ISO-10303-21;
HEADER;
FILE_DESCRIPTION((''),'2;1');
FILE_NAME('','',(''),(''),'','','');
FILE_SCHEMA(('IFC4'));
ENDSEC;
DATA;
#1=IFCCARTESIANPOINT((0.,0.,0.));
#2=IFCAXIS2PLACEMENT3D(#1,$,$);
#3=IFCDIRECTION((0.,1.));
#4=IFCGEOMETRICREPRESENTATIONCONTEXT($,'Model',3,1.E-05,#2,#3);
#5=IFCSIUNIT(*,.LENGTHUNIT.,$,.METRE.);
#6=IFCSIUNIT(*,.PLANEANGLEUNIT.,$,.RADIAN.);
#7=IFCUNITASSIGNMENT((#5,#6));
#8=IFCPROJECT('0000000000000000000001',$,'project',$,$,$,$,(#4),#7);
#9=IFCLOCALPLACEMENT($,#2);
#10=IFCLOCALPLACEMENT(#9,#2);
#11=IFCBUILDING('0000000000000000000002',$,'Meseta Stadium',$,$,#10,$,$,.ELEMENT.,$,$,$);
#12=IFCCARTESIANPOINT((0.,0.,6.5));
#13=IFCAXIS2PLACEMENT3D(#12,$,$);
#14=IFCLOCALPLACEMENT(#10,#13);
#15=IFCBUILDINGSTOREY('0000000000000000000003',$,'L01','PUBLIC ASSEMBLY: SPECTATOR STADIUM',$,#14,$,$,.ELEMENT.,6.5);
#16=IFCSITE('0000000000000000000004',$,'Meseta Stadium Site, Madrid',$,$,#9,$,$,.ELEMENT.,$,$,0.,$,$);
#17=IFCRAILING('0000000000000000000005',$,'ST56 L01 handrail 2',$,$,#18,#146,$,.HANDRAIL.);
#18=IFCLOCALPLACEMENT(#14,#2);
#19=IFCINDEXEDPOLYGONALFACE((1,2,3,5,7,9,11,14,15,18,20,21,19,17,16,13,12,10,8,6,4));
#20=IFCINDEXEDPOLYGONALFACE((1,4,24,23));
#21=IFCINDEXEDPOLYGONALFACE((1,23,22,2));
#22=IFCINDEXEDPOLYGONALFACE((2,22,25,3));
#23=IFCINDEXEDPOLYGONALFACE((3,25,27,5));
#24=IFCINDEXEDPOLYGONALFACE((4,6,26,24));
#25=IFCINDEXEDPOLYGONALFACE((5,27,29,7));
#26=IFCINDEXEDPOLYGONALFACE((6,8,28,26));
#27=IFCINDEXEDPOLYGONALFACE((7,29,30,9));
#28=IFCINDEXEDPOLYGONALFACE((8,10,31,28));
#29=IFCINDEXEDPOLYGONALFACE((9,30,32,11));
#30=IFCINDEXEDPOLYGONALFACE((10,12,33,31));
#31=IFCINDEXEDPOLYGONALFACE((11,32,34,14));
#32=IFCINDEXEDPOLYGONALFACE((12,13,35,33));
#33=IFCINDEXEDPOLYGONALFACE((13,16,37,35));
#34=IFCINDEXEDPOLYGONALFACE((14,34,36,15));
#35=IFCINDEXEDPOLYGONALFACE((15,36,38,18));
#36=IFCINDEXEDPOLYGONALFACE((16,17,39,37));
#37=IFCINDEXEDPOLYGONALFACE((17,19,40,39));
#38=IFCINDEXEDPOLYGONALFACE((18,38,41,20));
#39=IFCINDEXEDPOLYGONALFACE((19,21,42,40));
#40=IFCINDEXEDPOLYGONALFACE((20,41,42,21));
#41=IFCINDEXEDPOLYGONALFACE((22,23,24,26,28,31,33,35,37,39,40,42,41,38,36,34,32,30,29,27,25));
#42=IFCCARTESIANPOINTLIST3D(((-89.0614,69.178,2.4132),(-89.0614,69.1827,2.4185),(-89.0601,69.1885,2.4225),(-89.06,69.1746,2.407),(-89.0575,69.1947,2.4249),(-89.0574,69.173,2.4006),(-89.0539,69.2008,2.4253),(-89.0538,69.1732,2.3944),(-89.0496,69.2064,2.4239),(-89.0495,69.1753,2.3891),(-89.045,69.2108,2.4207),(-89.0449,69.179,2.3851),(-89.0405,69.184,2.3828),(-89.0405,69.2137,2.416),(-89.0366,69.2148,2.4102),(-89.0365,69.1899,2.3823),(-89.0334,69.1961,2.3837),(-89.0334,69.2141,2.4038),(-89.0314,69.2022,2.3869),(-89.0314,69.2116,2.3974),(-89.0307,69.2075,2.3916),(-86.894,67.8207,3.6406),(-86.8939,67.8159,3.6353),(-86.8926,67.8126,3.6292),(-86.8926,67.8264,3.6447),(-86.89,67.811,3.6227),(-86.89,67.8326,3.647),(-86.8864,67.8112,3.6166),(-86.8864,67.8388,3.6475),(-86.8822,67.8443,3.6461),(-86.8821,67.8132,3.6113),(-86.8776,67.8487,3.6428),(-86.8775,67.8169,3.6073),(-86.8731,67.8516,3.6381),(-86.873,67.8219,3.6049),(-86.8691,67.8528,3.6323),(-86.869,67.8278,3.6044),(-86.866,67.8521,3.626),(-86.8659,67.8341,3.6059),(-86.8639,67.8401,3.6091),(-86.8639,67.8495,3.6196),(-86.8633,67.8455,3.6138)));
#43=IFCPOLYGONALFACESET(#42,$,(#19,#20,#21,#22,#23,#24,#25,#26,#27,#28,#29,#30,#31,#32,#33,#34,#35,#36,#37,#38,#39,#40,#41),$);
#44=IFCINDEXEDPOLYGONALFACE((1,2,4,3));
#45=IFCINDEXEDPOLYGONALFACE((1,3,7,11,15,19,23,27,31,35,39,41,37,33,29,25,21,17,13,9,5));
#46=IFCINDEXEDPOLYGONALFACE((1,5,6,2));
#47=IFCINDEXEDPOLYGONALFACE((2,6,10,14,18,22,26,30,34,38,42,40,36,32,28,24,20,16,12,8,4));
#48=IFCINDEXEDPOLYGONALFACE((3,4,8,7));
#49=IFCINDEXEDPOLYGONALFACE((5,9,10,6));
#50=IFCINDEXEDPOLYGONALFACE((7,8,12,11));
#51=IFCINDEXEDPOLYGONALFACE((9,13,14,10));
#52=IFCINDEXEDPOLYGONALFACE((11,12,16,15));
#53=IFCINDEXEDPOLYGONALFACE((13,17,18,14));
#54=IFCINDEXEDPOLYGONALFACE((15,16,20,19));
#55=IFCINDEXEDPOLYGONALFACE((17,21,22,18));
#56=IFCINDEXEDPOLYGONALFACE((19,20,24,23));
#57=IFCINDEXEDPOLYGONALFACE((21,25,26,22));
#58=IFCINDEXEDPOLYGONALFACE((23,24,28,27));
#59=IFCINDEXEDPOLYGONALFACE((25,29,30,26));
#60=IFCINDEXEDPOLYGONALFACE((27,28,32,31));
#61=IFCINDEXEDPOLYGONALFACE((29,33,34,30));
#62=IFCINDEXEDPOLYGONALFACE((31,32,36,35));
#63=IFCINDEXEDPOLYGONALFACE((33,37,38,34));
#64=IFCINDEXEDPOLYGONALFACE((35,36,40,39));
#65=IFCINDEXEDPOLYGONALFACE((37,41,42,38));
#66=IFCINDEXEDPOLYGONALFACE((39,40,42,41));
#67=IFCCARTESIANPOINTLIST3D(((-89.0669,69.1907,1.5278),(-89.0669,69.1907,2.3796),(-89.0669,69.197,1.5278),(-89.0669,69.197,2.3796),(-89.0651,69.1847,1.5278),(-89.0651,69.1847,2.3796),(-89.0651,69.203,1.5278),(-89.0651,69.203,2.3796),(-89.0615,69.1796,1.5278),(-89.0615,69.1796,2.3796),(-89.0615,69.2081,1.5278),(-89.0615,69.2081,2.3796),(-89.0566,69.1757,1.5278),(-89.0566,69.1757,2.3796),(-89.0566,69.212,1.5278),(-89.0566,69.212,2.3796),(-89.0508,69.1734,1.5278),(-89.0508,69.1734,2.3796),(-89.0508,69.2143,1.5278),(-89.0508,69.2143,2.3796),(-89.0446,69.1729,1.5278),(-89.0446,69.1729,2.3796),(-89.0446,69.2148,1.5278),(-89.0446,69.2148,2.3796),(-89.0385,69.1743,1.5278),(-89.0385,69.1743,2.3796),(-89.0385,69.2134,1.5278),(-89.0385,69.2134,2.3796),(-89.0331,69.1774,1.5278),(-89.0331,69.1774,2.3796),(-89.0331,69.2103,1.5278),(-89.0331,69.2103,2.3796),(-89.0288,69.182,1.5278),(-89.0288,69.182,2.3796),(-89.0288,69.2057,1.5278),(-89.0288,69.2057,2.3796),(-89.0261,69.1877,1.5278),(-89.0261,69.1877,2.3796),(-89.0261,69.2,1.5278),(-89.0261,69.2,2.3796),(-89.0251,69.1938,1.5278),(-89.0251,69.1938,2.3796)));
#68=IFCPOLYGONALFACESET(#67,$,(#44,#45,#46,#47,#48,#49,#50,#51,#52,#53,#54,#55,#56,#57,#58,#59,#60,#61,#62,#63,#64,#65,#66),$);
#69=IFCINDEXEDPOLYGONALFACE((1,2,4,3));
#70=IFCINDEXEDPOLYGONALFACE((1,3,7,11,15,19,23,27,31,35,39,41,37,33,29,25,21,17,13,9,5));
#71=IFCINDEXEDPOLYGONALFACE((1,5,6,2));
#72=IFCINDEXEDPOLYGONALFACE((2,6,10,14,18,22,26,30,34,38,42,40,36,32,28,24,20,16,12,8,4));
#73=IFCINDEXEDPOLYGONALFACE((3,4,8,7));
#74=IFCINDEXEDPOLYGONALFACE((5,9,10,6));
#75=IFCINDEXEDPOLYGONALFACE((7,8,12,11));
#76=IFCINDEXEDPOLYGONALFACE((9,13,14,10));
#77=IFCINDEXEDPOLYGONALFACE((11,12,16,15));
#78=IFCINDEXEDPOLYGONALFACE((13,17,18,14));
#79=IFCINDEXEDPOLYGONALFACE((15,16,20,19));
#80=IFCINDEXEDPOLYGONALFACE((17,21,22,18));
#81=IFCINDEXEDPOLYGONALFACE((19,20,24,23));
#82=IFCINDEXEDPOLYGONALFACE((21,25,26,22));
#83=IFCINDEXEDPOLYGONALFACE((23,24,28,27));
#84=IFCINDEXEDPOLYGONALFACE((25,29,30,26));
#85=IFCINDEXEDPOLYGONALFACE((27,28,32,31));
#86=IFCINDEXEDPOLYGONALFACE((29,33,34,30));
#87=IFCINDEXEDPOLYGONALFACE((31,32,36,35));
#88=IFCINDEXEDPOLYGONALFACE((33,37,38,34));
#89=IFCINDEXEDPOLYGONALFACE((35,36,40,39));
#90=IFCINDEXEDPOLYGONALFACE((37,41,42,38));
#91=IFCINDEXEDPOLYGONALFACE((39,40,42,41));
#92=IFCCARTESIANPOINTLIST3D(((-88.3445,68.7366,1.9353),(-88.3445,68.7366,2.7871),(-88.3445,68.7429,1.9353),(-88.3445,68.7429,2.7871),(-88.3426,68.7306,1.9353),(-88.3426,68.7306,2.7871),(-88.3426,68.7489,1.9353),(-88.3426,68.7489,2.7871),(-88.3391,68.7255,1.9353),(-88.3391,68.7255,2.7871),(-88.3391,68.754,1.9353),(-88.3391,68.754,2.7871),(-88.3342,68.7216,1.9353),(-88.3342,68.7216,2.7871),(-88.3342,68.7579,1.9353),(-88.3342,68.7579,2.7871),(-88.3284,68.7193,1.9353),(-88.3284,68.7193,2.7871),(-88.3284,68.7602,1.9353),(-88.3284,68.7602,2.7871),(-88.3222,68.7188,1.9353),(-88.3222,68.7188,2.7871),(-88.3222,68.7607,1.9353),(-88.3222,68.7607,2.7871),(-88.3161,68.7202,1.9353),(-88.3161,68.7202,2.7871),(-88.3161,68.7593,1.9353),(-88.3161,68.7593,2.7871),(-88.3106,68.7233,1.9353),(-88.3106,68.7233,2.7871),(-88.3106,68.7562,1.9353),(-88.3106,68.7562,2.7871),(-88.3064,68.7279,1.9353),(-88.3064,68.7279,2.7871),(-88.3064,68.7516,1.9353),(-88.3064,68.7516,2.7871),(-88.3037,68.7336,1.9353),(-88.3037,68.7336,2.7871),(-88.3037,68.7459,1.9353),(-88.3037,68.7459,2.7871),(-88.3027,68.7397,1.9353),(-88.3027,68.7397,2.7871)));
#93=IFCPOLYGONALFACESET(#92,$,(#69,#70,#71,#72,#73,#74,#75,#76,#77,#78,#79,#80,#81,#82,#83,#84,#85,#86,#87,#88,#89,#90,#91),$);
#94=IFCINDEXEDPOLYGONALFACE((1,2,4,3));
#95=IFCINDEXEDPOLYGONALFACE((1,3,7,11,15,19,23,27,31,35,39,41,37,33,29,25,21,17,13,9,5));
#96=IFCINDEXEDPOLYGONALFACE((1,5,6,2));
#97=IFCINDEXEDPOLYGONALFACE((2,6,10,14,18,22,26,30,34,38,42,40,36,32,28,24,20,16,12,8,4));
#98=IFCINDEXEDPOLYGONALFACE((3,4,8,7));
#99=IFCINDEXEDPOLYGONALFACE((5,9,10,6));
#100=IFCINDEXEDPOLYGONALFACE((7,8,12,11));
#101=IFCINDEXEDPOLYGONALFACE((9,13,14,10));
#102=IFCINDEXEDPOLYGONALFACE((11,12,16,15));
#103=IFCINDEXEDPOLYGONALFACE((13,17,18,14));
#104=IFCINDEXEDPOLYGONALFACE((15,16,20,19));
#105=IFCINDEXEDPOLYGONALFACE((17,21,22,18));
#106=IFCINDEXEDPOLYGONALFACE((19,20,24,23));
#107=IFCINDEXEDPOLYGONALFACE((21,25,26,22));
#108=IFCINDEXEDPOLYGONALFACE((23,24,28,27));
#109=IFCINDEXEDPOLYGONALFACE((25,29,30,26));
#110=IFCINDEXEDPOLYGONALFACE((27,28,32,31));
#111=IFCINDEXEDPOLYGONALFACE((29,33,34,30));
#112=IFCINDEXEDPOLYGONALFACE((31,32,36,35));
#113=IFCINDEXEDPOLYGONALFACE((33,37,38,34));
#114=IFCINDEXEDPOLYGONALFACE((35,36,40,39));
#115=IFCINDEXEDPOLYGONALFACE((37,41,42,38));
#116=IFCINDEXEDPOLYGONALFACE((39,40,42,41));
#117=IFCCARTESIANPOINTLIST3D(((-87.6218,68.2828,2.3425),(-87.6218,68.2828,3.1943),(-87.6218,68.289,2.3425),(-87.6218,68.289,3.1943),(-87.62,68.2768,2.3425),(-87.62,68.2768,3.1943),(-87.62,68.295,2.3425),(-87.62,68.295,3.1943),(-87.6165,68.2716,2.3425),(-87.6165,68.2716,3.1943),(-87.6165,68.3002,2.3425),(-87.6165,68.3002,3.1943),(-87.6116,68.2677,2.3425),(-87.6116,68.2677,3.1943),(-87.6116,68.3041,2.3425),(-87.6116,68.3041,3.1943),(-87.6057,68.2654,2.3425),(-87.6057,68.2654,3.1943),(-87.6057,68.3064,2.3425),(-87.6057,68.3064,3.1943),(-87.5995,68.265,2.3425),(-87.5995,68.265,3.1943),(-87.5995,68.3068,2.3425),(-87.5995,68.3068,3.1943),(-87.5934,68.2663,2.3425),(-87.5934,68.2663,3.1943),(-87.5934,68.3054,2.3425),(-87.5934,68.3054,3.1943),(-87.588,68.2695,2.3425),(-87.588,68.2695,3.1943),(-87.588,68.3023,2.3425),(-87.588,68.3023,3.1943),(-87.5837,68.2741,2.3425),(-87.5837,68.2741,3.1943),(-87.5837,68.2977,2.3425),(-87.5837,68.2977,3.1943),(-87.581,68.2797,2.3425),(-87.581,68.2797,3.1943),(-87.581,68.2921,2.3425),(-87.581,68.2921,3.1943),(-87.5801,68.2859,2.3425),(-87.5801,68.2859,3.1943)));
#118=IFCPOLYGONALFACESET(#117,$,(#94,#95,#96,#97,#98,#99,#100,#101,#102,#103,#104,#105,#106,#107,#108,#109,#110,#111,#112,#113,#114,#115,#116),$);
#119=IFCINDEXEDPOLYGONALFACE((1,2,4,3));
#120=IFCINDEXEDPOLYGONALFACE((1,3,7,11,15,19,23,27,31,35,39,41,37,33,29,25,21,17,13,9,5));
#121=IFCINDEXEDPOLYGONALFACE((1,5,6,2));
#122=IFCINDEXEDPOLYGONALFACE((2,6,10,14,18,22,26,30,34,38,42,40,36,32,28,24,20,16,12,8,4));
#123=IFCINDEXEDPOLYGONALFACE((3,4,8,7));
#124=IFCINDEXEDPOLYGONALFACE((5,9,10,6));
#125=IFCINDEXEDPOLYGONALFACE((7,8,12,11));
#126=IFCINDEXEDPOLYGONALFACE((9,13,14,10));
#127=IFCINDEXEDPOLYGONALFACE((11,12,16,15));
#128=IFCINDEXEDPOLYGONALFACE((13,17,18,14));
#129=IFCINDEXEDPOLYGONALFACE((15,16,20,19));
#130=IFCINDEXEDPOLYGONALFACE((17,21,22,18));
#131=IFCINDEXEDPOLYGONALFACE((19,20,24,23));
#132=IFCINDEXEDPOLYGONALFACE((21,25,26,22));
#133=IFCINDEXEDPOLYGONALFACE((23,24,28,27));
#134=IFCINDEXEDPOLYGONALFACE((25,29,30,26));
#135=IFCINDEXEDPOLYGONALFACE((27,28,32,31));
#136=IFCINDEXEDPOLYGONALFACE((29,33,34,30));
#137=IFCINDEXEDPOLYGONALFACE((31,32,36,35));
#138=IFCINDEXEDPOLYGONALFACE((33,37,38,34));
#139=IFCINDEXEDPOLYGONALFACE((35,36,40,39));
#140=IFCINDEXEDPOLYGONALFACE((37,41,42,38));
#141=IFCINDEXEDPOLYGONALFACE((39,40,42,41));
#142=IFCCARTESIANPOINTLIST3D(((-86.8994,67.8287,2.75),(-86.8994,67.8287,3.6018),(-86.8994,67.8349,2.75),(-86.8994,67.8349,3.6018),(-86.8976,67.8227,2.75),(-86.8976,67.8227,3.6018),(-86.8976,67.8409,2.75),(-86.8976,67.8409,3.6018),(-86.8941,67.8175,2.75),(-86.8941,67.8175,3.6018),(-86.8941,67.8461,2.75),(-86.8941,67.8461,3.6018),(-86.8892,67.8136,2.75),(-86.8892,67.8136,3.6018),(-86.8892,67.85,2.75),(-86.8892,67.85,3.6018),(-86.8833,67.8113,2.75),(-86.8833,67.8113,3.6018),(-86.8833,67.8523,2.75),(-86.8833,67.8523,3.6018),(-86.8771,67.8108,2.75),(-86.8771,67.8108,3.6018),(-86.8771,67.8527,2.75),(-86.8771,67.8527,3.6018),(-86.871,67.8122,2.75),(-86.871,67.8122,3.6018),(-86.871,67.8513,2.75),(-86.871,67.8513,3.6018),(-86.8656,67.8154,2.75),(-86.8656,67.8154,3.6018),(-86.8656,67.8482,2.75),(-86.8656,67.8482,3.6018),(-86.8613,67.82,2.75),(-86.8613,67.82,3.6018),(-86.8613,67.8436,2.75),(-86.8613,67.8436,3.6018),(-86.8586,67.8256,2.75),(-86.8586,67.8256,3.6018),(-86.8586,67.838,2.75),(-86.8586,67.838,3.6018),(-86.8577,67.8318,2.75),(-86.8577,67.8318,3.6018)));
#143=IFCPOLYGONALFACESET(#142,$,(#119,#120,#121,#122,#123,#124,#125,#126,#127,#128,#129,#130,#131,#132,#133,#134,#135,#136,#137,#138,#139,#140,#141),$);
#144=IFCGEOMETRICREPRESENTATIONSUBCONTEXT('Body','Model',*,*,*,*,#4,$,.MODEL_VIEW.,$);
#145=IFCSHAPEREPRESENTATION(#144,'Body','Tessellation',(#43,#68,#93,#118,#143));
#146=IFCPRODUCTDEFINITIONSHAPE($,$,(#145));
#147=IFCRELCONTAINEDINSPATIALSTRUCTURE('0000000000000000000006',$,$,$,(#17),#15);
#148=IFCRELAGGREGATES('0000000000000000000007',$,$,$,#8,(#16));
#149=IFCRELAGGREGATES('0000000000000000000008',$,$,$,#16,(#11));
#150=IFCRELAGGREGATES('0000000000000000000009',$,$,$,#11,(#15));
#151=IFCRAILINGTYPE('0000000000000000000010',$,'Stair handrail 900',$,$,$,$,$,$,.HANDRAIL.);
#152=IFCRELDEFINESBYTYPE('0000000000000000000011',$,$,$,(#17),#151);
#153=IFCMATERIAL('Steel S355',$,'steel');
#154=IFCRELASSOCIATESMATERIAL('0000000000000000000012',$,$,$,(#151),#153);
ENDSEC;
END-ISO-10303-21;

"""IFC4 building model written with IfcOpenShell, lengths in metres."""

from ifc_helpers import new_model, si_unit, direction, frame, origin, origin_2d, place, context, subcontext, project, spatial, circle, extrude, material, type_object, element, save


model = new_model("IFC4")

# Units and contexts
model_context = context("Model", 3, precision=1e-05, world=origin(), true_north=direction((0.0, 1.0)))
body_context = subcontext(model_context, "Body", "Model", "MODEL_VIEW")
ifc_project = project(units=[si_unit("LENGTHUNIT", "METRE"), si_unit("PLANEANGLEUNIT", "RADIAN")], contexts=[model_context])

# Site, building, storey
site_placement = place(None, origin())
site = spatial("IfcSite", under=ifc_project, at=site_placement, Name="Meseta Stadium Site, Madrid", CompositionType="ELEMENT", RefElevation=0.0)
building_placement = place(site_placement, origin())
building = spatial("IfcBuilding", under=site, at=building_placement, Name="Meseta Stadium", CompositionType="ELEMENT")
storey_placement = place(building_placement, frame((0.0, 0.0, 6.5)))
storey = spatial("IfcBuildingStorey", under=building, at=storey_placement, Name="L01", Description="PUBLIC ASSEMBLY: SPECTATOR STADIUM", CompositionType="ELEMENT", Elevation=6.5)

# Railing
ifc_material_1 = material(Name="Steel S355", Category="steel")
railing_type_1 = type_object("IfcRailingType", Name="Stair handrail 900", PredefinedType="HANDRAIL", material=ifc_material_1)
for number, where, name in (
    (1, (-89.0461, 69.1938, 1.5278), "ST56 L01 handrail 2"),
):
    element("IfcRailing", number, at=place(storey_placement, frame(where)), inside=storey, type_object=railing_type_1, Name=name, PredefinedType="HANDRAIL", context=body_context, shape_type="SweptSolid", body=[
        extrude(circle(Radius=0.0239, at=origin_2d()), frame((0.0, 0.0, 0.876), z_axis=(0.764085, -0.480156, 0.430841), x_axis=(0.532072, 0.846699, 0.0)), (0.0, 0.0, 1.0), 2.8367),
        extrude(circle(Radius=0.021, at=origin_2d()), origin(), (0.0, 0.0, 1.0), 0.8518),
        extrude(circle(Radius=0.021, at=origin_2d()), frame((0.7224, -0.4541, 0.4075)), (0.0, 0.0, 1.0), 0.8518),
        extrude(circle(Radius=0.021, at=origin_2d()), frame((1.4451, -0.908, 0.8147)), (0.0, 0.0, 1.0), 0.8518),
        extrude(circle(Radius=0.021, at=origin_2d()), frame((2.1675, -1.3621, 1.2222)), (0.0, 0.0, 1.0), 0.8518),
    ])

save(model, "model.ifc")
